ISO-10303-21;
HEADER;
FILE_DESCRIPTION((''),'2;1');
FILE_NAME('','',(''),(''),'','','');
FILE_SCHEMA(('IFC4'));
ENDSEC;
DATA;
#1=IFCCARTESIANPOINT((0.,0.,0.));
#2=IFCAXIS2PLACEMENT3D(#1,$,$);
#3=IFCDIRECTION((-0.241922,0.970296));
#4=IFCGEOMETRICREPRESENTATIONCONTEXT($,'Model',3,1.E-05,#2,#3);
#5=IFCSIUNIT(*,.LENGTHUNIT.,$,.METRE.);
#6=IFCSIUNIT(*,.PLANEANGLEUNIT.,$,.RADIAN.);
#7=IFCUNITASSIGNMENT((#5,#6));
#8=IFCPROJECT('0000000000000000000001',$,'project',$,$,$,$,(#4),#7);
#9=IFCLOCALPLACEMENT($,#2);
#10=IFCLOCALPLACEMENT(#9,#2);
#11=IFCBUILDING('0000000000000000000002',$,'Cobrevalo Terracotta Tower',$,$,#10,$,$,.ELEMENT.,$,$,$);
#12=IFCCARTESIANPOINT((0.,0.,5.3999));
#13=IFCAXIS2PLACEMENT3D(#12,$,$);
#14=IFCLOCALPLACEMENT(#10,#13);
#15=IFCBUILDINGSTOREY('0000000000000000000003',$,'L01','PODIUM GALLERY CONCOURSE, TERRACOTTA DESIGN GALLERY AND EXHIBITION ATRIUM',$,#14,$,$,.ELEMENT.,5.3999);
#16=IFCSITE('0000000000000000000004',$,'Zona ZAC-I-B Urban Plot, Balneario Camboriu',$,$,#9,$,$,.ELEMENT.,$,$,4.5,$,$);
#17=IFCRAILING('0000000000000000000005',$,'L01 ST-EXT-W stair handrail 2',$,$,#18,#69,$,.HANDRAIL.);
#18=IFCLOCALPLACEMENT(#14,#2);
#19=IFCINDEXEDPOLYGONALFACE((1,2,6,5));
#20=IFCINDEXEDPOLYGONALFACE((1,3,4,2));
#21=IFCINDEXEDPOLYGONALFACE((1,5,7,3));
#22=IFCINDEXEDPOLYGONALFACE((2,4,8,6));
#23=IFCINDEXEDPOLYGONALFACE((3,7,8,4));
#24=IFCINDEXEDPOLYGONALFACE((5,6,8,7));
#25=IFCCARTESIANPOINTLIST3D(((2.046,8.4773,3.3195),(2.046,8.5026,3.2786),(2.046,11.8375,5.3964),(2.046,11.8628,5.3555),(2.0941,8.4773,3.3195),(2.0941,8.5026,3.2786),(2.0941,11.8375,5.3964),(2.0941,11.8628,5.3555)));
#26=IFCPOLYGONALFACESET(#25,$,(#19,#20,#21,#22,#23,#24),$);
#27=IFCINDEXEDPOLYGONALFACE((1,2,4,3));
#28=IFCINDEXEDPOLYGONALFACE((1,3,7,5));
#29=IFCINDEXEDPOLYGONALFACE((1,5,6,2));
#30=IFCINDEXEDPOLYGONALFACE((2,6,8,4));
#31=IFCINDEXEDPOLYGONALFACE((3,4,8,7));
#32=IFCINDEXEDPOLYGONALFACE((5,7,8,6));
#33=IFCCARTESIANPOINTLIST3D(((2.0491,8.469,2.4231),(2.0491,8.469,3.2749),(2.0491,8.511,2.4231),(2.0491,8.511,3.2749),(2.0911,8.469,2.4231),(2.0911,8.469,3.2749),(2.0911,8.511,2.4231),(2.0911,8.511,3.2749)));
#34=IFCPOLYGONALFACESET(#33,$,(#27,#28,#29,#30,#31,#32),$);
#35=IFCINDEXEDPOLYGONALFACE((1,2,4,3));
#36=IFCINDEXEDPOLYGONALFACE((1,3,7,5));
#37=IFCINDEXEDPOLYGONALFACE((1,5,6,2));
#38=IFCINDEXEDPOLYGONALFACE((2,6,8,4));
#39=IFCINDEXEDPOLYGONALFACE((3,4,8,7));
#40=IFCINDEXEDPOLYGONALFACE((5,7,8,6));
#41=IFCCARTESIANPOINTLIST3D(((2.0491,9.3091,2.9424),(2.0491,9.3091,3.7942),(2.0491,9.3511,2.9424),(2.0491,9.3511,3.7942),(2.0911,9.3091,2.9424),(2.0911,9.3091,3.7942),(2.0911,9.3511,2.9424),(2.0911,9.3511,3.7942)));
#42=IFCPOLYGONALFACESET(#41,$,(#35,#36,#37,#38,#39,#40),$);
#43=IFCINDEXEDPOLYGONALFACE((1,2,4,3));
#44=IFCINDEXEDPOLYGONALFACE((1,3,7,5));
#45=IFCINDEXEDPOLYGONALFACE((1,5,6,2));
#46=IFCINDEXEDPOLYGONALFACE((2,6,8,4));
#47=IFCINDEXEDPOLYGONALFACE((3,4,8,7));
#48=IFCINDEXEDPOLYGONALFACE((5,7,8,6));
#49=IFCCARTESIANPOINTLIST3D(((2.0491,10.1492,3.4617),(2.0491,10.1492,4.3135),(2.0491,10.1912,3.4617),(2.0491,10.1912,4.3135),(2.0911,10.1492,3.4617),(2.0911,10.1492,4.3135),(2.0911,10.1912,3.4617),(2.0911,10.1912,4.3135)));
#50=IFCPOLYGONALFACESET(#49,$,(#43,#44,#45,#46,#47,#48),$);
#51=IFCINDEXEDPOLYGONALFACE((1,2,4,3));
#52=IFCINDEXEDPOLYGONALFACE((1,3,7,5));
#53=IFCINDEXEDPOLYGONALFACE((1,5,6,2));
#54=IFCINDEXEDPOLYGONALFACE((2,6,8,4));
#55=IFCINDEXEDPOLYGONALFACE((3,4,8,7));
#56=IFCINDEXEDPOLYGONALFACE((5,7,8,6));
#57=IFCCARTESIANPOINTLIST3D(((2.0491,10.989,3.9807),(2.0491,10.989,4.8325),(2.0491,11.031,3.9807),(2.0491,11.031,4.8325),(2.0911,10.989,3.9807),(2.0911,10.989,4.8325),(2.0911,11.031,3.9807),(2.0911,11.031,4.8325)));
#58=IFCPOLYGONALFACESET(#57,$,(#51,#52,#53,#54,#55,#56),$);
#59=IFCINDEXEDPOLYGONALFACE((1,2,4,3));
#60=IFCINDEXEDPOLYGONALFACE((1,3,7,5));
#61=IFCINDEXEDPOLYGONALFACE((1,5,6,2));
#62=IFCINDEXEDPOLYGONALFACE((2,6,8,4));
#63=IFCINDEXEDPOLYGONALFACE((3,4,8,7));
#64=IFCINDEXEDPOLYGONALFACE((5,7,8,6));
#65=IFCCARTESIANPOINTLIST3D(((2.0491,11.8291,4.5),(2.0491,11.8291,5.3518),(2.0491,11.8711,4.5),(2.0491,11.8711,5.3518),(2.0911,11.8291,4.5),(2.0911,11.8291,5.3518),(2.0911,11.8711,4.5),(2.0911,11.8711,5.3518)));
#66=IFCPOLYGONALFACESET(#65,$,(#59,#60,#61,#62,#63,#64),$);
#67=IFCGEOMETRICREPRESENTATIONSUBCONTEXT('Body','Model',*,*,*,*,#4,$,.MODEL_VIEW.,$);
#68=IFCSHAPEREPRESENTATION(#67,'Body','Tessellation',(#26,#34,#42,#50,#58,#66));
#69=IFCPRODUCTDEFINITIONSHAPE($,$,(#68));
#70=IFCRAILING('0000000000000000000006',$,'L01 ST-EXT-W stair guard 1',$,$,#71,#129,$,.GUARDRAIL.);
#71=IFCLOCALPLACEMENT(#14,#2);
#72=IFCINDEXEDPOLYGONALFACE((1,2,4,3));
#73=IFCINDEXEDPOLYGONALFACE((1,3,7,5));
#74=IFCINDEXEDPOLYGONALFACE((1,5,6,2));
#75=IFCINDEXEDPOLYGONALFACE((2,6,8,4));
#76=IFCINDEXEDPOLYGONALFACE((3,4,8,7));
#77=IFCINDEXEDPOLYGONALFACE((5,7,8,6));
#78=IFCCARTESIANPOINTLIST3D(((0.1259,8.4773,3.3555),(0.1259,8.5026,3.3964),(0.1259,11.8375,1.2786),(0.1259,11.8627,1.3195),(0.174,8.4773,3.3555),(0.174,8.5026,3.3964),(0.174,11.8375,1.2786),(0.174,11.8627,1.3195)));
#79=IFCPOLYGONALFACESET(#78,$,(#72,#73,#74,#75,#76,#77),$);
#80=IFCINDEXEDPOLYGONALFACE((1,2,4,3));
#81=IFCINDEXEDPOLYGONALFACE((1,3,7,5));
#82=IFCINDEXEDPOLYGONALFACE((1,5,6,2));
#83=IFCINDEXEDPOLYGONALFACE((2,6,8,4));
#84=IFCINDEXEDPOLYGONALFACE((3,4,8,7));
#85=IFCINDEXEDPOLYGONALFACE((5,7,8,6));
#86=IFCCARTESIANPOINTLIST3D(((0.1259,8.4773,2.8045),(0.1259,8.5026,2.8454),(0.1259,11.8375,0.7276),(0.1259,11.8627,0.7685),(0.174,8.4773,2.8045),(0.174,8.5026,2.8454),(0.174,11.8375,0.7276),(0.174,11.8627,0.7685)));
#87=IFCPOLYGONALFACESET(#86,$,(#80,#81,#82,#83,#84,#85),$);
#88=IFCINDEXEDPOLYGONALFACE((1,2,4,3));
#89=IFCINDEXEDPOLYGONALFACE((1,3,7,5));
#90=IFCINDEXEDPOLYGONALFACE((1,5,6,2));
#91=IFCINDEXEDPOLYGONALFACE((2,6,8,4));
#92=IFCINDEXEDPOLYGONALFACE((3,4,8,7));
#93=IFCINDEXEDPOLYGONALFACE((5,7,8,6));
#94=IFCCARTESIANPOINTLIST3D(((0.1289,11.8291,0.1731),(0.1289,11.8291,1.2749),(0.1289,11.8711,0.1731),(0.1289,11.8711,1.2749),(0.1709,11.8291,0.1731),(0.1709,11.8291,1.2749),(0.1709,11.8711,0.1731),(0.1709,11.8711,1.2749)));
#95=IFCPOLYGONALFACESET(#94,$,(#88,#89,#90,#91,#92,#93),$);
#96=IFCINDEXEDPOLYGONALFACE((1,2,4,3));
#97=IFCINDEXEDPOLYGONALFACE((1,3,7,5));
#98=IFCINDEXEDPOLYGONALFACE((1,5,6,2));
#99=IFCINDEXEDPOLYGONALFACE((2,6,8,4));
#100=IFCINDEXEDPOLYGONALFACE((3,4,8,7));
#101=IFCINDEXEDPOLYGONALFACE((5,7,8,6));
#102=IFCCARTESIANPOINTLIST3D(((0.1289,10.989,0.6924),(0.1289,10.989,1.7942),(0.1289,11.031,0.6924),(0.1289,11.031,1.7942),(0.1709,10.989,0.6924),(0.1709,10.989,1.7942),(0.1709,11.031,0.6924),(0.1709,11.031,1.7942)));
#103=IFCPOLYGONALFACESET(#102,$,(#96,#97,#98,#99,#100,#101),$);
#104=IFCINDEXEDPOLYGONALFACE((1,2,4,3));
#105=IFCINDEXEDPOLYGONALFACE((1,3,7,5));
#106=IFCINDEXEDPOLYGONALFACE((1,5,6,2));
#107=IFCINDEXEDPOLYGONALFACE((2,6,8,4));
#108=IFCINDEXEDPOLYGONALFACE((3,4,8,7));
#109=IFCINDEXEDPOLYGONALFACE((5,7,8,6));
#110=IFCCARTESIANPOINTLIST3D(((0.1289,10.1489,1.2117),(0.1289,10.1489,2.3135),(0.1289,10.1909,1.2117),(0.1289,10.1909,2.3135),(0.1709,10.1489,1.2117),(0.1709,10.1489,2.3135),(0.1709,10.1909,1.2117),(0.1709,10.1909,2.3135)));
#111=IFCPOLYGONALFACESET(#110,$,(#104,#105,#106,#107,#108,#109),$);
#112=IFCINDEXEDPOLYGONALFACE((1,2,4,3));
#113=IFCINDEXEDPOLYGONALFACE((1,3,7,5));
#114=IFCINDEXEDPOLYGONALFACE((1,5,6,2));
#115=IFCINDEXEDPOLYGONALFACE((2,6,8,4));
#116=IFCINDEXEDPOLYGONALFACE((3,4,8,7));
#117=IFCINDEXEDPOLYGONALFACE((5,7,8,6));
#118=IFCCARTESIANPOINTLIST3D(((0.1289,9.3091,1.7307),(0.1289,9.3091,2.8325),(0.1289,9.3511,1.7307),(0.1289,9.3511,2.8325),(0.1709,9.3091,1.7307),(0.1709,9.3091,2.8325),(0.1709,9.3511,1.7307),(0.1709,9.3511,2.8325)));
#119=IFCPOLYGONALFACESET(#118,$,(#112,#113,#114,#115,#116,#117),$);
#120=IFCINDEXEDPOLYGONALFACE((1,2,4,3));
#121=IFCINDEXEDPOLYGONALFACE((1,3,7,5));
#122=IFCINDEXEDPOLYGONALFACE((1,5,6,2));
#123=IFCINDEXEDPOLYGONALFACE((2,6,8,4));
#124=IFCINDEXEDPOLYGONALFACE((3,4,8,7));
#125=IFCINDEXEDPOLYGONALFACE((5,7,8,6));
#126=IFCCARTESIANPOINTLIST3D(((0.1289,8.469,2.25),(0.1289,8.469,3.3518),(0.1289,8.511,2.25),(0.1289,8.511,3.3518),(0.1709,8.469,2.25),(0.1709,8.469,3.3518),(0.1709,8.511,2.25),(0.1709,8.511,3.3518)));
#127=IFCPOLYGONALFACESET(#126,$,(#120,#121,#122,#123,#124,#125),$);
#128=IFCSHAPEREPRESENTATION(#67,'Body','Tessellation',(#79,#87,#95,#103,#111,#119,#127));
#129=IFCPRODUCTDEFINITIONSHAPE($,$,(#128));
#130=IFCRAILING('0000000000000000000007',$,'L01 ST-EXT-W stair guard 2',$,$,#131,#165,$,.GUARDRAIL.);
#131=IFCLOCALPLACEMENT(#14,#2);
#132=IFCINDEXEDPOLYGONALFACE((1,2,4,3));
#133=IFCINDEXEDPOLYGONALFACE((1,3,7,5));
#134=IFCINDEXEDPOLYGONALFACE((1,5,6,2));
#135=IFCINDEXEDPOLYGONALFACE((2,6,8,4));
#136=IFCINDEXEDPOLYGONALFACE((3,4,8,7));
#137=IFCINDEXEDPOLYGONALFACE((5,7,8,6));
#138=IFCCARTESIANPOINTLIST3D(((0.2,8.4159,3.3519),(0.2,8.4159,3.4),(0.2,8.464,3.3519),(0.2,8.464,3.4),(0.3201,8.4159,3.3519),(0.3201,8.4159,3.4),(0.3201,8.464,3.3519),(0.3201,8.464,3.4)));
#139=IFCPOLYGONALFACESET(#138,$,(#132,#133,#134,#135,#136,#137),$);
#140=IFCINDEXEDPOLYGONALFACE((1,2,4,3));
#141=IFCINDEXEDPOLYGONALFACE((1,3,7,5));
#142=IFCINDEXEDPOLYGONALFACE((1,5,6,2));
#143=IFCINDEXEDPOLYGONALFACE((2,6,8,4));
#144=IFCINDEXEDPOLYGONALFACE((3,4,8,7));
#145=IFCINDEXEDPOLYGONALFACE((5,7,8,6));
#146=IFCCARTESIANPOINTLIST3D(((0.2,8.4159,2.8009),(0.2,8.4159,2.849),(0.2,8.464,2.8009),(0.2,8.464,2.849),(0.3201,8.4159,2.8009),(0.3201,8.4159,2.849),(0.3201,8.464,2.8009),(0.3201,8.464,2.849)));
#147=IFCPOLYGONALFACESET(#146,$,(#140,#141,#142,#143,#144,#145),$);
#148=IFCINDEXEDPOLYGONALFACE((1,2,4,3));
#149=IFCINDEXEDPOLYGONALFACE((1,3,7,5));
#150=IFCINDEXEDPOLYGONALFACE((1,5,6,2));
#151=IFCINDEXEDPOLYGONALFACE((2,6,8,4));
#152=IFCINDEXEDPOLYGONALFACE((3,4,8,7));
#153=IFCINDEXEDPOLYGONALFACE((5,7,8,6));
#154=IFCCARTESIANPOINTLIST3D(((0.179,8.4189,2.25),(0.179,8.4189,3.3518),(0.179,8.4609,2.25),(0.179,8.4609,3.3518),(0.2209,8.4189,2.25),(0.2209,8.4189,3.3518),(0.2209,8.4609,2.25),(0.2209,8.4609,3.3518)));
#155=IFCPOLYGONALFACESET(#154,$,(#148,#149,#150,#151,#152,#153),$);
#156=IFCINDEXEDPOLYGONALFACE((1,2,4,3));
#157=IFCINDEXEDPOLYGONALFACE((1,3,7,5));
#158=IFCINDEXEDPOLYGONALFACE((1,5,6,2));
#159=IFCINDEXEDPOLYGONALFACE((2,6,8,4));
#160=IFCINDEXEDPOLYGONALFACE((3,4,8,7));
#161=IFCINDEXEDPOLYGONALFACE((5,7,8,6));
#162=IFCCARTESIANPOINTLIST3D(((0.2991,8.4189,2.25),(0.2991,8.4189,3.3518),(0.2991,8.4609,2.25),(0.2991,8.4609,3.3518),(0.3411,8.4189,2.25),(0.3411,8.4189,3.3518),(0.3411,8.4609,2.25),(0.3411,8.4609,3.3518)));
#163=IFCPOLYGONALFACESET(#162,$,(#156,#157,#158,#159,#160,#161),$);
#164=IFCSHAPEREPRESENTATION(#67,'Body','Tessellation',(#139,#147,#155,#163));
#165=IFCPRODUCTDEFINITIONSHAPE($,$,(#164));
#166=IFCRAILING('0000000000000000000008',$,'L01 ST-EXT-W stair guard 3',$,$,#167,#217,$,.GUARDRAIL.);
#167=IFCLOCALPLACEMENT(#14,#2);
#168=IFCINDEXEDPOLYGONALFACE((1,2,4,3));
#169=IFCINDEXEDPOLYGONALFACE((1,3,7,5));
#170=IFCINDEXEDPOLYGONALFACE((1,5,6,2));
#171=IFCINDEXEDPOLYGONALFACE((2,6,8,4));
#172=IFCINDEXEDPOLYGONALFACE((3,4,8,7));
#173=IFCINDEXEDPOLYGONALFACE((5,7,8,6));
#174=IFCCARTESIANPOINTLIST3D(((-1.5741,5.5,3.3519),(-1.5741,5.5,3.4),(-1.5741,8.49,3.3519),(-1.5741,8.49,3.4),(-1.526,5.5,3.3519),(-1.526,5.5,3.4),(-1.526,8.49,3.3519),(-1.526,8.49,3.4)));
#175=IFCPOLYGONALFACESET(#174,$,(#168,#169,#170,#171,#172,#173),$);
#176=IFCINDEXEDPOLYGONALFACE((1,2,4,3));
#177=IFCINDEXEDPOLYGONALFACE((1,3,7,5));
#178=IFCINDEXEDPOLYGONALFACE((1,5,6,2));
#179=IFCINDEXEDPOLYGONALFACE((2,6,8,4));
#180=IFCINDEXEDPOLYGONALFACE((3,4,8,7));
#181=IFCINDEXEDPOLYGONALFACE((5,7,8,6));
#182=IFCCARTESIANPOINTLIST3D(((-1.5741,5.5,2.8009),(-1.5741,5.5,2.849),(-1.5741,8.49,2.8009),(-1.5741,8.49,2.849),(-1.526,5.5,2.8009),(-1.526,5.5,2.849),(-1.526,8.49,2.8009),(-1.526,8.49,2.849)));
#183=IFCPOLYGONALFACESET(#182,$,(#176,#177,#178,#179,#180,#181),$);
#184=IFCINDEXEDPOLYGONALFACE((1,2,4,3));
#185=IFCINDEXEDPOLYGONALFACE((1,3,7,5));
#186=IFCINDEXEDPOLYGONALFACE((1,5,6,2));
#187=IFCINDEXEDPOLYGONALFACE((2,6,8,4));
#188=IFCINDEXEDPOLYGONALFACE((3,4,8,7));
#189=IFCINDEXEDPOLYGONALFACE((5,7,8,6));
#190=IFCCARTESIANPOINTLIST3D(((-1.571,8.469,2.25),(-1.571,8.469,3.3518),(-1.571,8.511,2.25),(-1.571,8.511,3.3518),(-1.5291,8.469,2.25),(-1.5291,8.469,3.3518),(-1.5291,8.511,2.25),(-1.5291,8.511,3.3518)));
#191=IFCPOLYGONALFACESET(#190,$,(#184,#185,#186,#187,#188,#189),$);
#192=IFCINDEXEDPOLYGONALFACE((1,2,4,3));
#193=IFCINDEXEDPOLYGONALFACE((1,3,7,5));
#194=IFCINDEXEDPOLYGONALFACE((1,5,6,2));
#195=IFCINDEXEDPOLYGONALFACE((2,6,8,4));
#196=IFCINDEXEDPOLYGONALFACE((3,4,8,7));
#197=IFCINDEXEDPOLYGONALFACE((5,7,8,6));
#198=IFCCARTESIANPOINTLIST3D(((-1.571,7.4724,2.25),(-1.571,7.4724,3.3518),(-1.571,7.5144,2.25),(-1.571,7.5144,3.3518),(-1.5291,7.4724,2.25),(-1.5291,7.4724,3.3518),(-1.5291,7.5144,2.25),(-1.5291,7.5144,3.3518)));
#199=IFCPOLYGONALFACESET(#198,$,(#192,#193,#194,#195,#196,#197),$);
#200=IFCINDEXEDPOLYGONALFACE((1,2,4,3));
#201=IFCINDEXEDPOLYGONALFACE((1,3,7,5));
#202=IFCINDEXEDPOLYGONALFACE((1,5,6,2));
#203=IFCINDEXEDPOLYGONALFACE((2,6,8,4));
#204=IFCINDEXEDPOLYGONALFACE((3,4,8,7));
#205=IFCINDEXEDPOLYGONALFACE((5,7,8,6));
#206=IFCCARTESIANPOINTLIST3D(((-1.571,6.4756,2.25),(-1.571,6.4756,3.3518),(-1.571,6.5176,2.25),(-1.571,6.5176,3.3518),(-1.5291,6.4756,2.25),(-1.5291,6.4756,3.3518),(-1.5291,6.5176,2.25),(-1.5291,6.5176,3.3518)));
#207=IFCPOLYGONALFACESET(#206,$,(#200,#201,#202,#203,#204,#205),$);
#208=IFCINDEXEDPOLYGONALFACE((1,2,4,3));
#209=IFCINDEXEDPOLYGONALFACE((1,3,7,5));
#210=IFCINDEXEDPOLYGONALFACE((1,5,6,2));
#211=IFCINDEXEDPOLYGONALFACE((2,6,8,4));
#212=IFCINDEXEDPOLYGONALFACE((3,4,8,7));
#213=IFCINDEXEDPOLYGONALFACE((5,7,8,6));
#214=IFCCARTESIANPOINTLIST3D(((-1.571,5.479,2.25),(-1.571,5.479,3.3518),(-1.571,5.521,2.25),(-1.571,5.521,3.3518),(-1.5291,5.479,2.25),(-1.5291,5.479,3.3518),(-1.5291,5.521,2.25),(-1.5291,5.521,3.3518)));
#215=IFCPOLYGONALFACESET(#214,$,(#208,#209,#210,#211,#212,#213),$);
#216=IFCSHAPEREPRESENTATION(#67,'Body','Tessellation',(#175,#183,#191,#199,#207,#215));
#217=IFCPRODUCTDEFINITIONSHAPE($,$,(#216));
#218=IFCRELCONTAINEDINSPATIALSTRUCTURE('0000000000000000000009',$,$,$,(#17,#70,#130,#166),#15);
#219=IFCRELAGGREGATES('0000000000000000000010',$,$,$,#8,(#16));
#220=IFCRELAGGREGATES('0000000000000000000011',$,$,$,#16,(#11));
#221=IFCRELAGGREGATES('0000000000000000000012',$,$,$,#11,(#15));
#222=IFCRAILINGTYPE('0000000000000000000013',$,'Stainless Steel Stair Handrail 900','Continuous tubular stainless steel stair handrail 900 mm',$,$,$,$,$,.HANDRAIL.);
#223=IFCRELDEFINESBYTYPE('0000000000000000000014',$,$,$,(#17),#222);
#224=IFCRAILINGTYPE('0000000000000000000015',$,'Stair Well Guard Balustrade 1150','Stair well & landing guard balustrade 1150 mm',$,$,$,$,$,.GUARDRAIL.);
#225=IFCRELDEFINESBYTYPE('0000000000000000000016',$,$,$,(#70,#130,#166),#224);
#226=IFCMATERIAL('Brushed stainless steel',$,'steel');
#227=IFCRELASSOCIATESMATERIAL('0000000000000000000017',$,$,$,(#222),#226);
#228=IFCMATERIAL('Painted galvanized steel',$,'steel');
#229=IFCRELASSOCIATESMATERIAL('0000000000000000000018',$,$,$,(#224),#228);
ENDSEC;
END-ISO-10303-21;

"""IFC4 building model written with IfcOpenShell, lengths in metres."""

from ifc_helpers import new_model, si_unit, direction, frame, origin, origin_2d, place, context, subcontext, project, spatial, rectangle, extrude, material, type_object, element, save


model = new_model("IFC4")

# Units and contexts
model_context = context("Model", 3, precision=1e-05, world=origin(), true_north=direction((-0.241922, 0.970296)))
body_context = subcontext(model_context, "Body", "Model", "MODEL_VIEW")
ifc_project = project(units=[si_unit("LENGTHUNIT", "METRE"), si_unit("PLANEANGLEUNIT", "RADIAN")], contexts=[model_context])

# Site, building, storey
site_placement = place(None, origin())
site = spatial("IfcSite", under=ifc_project, at=site_placement, Name="Zona ZAC-I-B Urban Plot, Balneario Camboriu", CompositionType="ELEMENT", RefElevation=4.5)
building_placement = place(site_placement, origin())
building = spatial("IfcBuilding", under=site, at=building_placement, Name="Cobrevalo Terracotta Tower", CompositionType="ELEMENT")
storey_placement = place(building_placement, frame((0.0, 0.0, 5.3999)))
storey = spatial("IfcBuildingStorey", under=building, at=storey_placement, Name="L01", Description="PODIUM GALLERY CONCOURSE, TERRACOTTA DESIGN GALLERY AND EXHIBITION ATRIUM", CompositionType="ELEMENT", Elevation=5.3999)

# Railings
ifc_material_1 = material(Name="Brushed stainless steel", Category="steel")
railing_type_1 = type_object("IfcRailingType", Name="Stainless Steel Stair Handrail 900", Description="Continuous tubular stainless steel stair handrail 900 mm", PredefinedType="HANDRAIL", material=ifc_material_1)
railing_1_placement = place(storey_placement, frame((2.0701, 8.49, 2.4231)))
element("IfcRailing", 1, at=railing_1_placement, inside=storey, type_object=railing_type_1, Name="L01 ST-EXT-W stair handrail 2", PredefinedType="HANDRAIL", context=body_context, shape_type="SweptSolid", body=[
    extrude(rectangle(XDim=0.0481, YDim=0.0481, at=origin_2d()), frame((0.0, 0.0, 0.876), z_axis=(0.0, 0.850623, 0.525776), x_axis=(-1.0, 0.0, 0.0)), (0.0, 0.0, 1.0), 3.9502),
    extrude(rectangle(XDim=0.042, YDim=0.042, at=origin_2d()), origin(), (0.0, 0.0, 1.0), 0.8518),
    extrude(rectangle(XDim=0.042, YDim=0.042, at=origin_2d()), frame((0.0, 0.8401, 0.5193)), (0.0, 0.0, 1.0), 0.8518),
    extrude(rectangle(XDim=0.042, YDim=0.042, at=origin_2d()), frame((0.0, 1.6802, 1.0386)), (0.0, 0.0, 1.0), 0.8518),
    extrude(rectangle(XDim=0.042, YDim=0.042, at=origin_2d()), frame((0.0, 2.52, 1.5576)), (0.0, 0.0, 1.0), 0.8518),
    extrude(rectangle(XDim=0.042, YDim=0.042, at=origin_2d()), frame((0.0, 3.3601, 2.0769)), (0.0, 0.0, 1.0), 0.8518),
])
ifc_material_2 = material(Name="Painted galvanized steel", Category="steel")
railing_type_2 = type_object("IfcRailingType", Name="Stair Well Guard Balustrade 1150", Description="Stair well & landing guard balustrade 1150 mm", PredefinedType="GUARDRAIL", material=ifc_material_2)
railing_2_placement = place(storey_placement, frame((0.1499, 11.8501, 0.1731)))
element("IfcRailing", 2, at=railing_2_placement, inside=storey, type_object=railing_type_2, Name="L01 ST-EXT-W stair guard 1", PredefinedType="GUARDRAIL", context=body_context, shape_type="SweptSolid", body=[
    extrude(rectangle(XDim=0.0481, YDim=0.0481, at=origin_2d()), frame((0.0, 0.0, 1.126), z_axis=(0.0, -0.850623, 0.525776), x_axis=(1.0, 0.0, 0.0)), (0.0, 0.0, 1.0), 3.9502),
    extrude(rectangle(XDim=0.0481, YDim=0.0481, at=origin_2d()), frame((0.0, 0.0, 0.575), z_axis=(0.0, -0.850623, 0.525776), x_axis=(1.0, 0.0, 0.0)), (0.0, 0.0, 1.0), 3.9502),
    extrude(rectangle(XDim=0.042, YDim=0.042, at=origin_2d()), origin(), (0.0, 0.0, 1.0), 1.1018),
    extrude(rectangle(XDim=0.042, YDim=0.042, at=origin_2d()), frame((0.0, -0.8401, 0.5193)), (0.0, 0.0, 1.0), 1.1018),
    extrude(rectangle(XDim=0.042, YDim=0.042, at=origin_2d()), frame((0.0, -1.6802, 1.0386)), (0.0, 0.0, 1.0), 1.1018),
    extrude(rectangle(XDim=0.042, YDim=0.042, at=origin_2d()), frame((0.0, -2.52, 1.5576)), (0.0, 0.0, 1.0), 1.1018),
    extrude(rectangle(XDim=0.042, YDim=0.042, at=origin_2d()), frame((0.0, -3.3601, 2.0769)), (0.0, 0.0, 1.0), 1.1018),
])
railing_3_placement = place(storey_placement, frame((0.2, 8.4399, 2.25)))
element("IfcRailing", 3, at=railing_3_placement, inside=storey, type_object=railing_type_2, Name="L01 ST-EXT-W stair guard 2", PredefinedType="GUARDRAIL", context=body_context, shape_type="SweptSolid", body=[
    extrude(rectangle(XDim=0.0481, YDim=0.0481, at=origin_2d()), frame((0.0, 0.0, 1.126), z_axis=(1.0, 0.0, 0.0), x_axis=(0.0, 1.0, 0.0)), (0.0, 0.0, 1.0), 0.1201),
    extrude(rectangle(XDim=0.0481, YDim=0.0481, at=origin_2d()), frame((0.0, 0.0, 0.575), z_axis=(1.0, 0.0, 0.0), x_axis=(0.0, 1.0, 0.0)), (0.0, 0.0, 1.0), 0.1201),
    extrude(rectangle(XDim=0.042, YDim=0.042, at=origin_2d()), origin(), (0.0, 0.0, 1.0), 1.1018),
    extrude(rectangle(XDim=0.042, YDim=0.042, at=origin_2d()), frame((0.1201, 0.0, 0.0)), (0.0, 0.0, 1.0), 1.1018),
])
for number, where, name in (
    (4, (-1.55, 8.49, 2.25), "L01 ST-EXT-W stair guard 3"),
):
    element("IfcRailing", number, at=place(storey_placement, frame(where)), inside=storey, type_object=railing_type_2, Name=name, PredefinedType="GUARDRAIL", context=body_context, shape_type="SweptSolid", body=[
        extrude(rectangle(XDim=0.0481, YDim=0.0481, at=origin_2d()), frame((0.0, 0.0, 1.126), z_axis=(0.0, -1.0, 0.0), x_axis=(1.0, 0.0, 0.0)), (0.0, 0.0, 1.0), 2.99),
        extrude(rectangle(XDim=0.0481, YDim=0.0481, at=origin_2d()), frame((0.0, 0.0, 0.575), z_axis=(0.0, -1.0, 0.0), x_axis=(1.0, 0.0, 0.0)), (0.0, 0.0, 1.0), 2.99),
        extrude(rectangle(XDim=0.042, YDim=0.042, at=origin_2d()), origin(), (0.0, 0.0, 1.0), 1.1018),
        extrude(rectangle(XDim=0.042, YDim=0.042, at=origin_2d()), frame((0.0, -0.9966, 0.0)), (0.0, 0.0, 1.0), 1.1018),
        extrude(rectangle(XDim=0.042, YDim=0.042, at=origin_2d()), frame((0.0, -1.9934, 0.0)), (0.0, 0.0, 1.0), 1.1018),
        extrude(rectangle(XDim=0.042, YDim=0.042, at=origin_2d()), frame((0.0, -2.99, 0.0)), (0.0, 0.0, 1.0), 1.1018),
    ])

save(model, "model.ifc")
